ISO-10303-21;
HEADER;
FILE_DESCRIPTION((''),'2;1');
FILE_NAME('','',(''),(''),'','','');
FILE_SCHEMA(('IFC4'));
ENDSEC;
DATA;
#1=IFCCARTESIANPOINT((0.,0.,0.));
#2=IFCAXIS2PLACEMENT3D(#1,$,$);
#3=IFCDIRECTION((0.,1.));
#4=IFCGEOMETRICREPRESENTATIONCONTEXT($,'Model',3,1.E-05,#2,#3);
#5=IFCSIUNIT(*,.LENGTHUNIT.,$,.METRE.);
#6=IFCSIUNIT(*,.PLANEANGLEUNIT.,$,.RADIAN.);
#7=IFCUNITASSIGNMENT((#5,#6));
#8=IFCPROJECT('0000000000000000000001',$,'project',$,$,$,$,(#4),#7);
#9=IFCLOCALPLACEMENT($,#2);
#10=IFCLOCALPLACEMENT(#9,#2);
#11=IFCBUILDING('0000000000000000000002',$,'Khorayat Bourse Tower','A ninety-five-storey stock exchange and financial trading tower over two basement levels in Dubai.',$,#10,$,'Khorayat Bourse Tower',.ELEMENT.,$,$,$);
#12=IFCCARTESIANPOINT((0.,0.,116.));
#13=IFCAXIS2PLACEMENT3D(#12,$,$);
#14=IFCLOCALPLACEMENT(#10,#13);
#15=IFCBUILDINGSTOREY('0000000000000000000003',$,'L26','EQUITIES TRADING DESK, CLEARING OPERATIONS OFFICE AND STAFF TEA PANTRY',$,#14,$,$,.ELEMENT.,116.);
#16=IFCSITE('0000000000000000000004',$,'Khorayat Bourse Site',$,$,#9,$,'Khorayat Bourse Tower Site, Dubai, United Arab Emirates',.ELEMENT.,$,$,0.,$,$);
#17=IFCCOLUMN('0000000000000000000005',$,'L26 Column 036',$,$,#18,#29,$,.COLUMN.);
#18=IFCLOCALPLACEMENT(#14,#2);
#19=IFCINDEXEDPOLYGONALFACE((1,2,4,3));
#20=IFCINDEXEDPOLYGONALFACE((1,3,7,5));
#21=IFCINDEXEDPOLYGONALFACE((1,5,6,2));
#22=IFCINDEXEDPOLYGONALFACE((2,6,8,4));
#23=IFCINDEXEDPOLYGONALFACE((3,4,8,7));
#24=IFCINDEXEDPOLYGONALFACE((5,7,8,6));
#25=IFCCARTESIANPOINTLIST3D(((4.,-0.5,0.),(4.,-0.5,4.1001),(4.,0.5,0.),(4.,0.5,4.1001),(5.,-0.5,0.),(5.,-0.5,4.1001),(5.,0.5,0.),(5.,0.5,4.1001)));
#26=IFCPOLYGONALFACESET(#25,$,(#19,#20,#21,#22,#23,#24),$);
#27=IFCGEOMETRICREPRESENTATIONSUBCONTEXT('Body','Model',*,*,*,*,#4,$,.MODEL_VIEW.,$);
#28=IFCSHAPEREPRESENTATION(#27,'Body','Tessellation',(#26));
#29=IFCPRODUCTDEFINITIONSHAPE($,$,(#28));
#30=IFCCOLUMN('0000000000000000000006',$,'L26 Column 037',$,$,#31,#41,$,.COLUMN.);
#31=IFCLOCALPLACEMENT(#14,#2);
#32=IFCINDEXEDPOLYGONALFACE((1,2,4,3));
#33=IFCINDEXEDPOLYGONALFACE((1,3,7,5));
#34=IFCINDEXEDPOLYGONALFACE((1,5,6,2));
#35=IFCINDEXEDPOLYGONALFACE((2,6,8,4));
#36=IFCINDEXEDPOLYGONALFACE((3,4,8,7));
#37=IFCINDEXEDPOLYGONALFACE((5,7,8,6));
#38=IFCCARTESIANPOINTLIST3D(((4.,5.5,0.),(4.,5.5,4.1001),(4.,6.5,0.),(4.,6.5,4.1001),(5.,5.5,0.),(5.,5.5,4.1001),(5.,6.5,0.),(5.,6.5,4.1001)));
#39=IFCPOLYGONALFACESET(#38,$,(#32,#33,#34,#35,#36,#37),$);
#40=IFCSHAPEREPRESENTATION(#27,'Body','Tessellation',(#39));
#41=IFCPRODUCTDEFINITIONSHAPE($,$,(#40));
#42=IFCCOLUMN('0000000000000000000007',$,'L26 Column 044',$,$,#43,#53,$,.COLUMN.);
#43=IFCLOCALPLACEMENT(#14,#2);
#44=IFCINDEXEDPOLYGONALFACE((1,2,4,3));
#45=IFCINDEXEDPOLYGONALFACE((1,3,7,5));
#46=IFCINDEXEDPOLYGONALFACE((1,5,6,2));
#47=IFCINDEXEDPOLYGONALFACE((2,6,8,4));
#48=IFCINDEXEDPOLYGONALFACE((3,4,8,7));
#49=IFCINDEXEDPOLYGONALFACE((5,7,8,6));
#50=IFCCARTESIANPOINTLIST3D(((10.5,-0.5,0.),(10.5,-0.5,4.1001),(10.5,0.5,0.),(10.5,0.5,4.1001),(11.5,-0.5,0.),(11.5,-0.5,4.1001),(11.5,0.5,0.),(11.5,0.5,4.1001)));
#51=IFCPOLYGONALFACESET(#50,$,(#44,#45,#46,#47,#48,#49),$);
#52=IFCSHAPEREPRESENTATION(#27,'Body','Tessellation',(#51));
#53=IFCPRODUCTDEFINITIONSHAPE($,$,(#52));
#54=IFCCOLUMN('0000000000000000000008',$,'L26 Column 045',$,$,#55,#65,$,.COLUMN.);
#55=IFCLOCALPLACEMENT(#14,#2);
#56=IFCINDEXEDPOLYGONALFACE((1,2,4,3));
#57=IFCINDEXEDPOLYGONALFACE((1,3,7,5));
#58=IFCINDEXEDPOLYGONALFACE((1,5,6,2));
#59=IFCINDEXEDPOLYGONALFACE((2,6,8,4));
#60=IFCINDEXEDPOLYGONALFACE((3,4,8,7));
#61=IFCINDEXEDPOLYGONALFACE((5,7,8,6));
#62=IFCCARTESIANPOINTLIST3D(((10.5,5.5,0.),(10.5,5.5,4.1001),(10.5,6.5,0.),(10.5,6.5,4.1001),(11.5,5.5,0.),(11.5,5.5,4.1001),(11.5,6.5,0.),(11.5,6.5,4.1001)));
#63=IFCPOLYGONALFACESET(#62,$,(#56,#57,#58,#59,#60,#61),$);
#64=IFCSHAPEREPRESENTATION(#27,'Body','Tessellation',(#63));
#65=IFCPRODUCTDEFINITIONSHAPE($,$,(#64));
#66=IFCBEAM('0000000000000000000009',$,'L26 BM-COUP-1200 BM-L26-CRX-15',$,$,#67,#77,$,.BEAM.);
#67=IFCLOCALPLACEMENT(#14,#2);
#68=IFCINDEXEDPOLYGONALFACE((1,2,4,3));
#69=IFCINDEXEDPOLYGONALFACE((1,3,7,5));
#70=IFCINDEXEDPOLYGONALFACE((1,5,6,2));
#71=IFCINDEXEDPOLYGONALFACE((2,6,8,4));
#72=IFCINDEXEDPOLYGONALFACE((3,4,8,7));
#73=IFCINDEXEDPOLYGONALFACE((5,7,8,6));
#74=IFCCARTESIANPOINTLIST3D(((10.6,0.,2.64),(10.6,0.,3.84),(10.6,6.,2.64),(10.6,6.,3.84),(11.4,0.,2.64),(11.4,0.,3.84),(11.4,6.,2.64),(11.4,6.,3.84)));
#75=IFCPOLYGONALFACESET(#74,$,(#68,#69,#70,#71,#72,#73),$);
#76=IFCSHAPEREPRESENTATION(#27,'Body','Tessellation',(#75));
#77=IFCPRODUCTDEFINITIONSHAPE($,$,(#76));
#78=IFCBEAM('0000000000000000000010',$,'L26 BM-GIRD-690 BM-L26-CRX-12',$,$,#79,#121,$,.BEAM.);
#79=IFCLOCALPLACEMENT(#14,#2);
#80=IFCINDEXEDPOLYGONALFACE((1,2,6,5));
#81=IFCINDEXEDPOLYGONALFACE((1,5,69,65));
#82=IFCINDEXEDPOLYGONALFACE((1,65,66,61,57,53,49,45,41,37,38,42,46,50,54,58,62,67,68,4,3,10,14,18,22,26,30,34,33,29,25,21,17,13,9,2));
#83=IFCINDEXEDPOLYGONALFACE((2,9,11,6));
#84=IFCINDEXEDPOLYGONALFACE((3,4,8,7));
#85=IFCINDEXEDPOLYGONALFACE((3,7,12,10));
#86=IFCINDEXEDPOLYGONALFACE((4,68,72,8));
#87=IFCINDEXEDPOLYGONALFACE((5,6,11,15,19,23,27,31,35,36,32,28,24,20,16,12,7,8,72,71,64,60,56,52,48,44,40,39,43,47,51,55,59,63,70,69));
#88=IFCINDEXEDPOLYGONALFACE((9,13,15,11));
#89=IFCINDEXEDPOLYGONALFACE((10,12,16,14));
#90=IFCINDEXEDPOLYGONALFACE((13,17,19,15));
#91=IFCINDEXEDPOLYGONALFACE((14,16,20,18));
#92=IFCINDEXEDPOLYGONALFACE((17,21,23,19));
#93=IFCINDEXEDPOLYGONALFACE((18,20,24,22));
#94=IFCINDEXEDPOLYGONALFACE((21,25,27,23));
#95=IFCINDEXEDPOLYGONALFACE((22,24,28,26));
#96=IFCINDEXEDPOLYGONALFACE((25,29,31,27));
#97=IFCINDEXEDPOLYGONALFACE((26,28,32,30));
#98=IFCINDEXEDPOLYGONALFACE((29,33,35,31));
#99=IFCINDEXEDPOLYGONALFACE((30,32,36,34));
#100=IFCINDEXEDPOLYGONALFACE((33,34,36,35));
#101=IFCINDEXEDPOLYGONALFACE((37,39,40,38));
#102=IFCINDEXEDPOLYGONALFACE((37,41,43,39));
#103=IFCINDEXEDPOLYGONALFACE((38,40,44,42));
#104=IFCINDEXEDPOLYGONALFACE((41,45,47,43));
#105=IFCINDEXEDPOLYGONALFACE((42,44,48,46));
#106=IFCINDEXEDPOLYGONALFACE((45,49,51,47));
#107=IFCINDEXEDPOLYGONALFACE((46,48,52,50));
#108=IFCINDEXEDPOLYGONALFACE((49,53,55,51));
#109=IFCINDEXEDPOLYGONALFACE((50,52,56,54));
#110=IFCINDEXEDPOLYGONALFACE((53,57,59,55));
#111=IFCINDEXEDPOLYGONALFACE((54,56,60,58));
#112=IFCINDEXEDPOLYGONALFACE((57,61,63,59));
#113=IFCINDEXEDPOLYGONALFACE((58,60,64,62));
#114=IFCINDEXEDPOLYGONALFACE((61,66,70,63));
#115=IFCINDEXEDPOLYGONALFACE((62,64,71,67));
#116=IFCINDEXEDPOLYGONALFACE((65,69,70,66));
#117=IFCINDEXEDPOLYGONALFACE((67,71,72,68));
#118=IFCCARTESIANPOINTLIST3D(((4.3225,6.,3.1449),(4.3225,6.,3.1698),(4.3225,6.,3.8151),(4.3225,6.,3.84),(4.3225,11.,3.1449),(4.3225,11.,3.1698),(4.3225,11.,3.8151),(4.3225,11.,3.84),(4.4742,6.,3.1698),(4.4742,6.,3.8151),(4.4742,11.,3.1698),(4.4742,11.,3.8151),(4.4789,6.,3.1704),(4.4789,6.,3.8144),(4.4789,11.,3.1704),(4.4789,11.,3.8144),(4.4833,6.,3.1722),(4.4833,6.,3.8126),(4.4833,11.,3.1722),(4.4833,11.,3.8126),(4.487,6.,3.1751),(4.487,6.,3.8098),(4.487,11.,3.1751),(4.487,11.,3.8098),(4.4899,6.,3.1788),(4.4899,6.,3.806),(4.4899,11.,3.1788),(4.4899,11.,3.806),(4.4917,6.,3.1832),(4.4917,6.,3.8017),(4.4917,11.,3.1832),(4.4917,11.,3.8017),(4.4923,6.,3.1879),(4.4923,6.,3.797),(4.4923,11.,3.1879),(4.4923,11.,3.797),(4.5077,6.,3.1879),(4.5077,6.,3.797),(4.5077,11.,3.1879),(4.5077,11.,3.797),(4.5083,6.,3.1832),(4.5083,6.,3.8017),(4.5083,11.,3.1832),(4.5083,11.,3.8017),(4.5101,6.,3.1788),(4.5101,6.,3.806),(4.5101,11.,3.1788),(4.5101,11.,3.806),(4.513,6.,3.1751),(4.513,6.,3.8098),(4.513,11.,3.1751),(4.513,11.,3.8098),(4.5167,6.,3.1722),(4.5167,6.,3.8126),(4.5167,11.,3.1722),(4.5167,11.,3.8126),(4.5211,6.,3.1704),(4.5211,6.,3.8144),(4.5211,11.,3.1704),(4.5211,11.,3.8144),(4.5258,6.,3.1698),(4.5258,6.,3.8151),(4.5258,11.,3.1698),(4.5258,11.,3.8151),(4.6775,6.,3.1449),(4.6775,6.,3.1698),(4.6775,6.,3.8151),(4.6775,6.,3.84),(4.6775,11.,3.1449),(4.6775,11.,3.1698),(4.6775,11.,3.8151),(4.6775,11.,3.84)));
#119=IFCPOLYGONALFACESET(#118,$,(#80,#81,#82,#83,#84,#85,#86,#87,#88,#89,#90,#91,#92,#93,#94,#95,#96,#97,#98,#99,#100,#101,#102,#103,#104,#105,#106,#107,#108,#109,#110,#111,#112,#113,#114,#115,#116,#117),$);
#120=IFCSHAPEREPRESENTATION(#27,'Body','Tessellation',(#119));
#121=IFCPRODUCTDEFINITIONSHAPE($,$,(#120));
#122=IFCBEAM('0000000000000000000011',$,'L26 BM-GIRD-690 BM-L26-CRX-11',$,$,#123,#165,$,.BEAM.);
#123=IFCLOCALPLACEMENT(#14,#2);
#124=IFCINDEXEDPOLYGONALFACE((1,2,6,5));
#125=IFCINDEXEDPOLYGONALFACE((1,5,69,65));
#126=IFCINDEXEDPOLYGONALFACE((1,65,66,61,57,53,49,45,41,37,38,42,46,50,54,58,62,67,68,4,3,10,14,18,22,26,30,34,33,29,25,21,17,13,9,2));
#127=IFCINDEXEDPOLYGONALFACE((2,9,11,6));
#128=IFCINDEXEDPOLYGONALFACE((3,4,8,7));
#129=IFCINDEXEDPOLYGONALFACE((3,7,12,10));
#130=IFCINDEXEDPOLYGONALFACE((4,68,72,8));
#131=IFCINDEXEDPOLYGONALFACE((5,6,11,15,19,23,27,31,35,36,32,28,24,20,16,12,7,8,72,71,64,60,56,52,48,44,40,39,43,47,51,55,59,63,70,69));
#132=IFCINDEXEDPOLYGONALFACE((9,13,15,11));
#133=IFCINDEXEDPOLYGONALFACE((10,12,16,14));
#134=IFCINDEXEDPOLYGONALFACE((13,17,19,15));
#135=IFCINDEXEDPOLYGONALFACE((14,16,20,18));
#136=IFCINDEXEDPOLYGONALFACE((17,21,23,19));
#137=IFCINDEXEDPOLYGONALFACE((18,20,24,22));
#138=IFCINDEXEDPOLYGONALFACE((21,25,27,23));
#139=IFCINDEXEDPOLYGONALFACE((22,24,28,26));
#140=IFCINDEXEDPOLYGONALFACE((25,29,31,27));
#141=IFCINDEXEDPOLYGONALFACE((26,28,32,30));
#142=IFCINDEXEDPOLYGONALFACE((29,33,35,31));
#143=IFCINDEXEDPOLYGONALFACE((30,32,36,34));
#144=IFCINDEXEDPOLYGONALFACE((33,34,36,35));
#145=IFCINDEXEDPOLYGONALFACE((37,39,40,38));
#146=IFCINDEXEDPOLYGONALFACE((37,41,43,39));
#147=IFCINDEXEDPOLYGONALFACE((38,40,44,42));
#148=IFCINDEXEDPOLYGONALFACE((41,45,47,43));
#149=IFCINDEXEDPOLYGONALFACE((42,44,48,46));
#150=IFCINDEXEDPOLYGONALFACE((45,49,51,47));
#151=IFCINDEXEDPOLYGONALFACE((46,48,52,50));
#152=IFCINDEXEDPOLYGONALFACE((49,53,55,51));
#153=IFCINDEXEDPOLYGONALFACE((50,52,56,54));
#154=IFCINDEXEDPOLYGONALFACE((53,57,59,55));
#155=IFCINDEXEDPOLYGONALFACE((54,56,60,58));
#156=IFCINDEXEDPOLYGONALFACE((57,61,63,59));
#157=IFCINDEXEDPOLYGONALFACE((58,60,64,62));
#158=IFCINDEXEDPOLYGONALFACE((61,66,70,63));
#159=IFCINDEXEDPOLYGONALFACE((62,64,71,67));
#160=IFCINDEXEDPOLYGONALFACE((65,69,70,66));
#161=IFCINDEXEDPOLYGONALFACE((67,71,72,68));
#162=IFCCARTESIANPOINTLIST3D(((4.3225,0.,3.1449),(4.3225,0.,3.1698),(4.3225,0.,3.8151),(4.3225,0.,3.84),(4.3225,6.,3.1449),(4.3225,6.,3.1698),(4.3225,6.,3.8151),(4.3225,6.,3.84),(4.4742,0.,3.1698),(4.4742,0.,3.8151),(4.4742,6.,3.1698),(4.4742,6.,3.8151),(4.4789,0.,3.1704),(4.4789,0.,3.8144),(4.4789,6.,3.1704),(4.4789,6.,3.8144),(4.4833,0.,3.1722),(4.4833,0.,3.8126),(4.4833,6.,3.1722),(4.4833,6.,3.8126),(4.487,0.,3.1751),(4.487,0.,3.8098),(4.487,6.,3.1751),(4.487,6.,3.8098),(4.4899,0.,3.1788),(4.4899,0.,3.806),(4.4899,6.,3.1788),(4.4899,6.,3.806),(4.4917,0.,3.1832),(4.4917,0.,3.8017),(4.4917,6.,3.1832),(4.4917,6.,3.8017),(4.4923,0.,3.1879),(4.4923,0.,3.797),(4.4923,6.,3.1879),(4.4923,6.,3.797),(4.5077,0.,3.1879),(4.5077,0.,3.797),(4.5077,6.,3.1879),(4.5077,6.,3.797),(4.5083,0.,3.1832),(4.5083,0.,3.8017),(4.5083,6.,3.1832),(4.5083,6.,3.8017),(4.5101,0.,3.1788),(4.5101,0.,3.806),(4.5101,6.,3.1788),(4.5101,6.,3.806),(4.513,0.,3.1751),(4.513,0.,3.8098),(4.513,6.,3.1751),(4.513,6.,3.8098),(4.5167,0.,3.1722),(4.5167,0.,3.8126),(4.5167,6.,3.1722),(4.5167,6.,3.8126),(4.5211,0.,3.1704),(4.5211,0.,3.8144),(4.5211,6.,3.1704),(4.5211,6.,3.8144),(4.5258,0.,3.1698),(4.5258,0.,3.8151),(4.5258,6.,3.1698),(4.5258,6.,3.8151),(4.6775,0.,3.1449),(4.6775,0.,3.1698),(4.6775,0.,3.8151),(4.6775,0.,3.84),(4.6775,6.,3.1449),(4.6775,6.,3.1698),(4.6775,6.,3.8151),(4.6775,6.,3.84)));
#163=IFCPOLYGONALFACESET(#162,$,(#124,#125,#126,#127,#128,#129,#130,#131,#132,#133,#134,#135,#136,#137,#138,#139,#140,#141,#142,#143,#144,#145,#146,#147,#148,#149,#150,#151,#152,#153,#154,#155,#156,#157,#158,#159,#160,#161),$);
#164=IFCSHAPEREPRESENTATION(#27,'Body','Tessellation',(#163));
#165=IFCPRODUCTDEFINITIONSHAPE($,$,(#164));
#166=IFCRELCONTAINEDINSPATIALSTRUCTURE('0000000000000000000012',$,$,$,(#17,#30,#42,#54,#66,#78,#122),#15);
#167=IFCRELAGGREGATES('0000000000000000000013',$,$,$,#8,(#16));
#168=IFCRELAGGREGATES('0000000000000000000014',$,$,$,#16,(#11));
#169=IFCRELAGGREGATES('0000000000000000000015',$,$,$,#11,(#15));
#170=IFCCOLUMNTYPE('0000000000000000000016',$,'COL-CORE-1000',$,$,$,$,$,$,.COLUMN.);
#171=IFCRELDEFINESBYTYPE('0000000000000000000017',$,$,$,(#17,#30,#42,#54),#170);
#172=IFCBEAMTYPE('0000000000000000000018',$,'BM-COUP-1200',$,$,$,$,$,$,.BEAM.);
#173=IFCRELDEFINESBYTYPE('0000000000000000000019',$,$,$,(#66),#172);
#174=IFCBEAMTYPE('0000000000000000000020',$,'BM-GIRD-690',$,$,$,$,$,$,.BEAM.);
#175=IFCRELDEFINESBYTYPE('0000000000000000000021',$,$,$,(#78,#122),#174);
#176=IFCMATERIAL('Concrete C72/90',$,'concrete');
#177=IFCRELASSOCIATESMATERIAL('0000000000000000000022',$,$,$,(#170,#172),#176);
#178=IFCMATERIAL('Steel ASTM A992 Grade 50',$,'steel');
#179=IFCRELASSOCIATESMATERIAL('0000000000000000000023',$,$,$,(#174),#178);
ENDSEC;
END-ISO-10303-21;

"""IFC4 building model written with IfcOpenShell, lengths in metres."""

from ifc_helpers import new_model, si_unit, direction, frame, origin, origin_2d, place, context, subcontext, project, spatial, rectangle, i_section, extrude, source, transform, mapped, material, material_profile, profile_set, type_object, element, save


model = new_model("IFC4")

# Units and contexts
model_context = context("Model", 3, precision=1e-05, world=origin(), true_north=direction((0.0, 1.0)))
body_context = subcontext(model_context, "Body", "Model", "MODEL_VIEW")
ifc_project = project(units=[si_unit("LENGTHUNIT", "METRE"), si_unit("PLANEANGLEUNIT", "RADIAN")], contexts=[model_context])

# Site, building, storey
site_placement = place(None, origin())
site = spatial("IfcSite", under=ifc_project, at=site_placement, Name="Khorayat Bourse Site", LongName="Khorayat Bourse Tower Site, Dubai, United Arab Emirates", CompositionType="ELEMENT", RefElevation=0.0)
building_placement = place(site_placement, origin())
building = spatial("IfcBuilding", under=site, at=building_placement, Name="Khorayat Bourse Tower", Description="A ninety-five-storey stock exchange and financial trading tower over two basement levels in Dubai.", LongName="Khorayat Bourse Tower", CompositionType="ELEMENT")
storey_placement = place(building_placement, frame((0.0, 0.0, 116.0)))
storey = spatial("IfcBuildingStorey", under=building, at=storey_placement, Name="L26", Description="EQUITIES TRADING DESK, CLEARING OPERATIONS OFFICE AND STAFF TEA PANTRY", CompositionType="ELEMENT", Elevation=116.0)

# Columns
ifc_material_1 = material(Name="Concrete C72/90", Category="concrete")
ifc_material_profile_1 = material_profile(ifc_material_1, rectangle(XDim=1.0, YDim=1.0, at=origin_2d()), Name="RC 1000x1000")
ifc_profile_set_1 = profile_set([ifc_material_profile_1], Name="Concrete C72/90")
column_type = type_object("IfcColumnType", Name="COL-CORE-1000", PredefinedType="COLUMN", material=ifc_profile_set_1)
shared_shape_1 = source(origin(), body_context, "Body", "SweptSolid", [
    extrude(rectangle(XDim=1.0, YDim=1.0, at=origin_2d()), origin(), (0.0, 0.0, 1.0), 4.1001),
])
for number, where, z_axis, x_axis, name in (
    (1, (4.5, 0.0, 0.0), (0.0, 0.0, 1.0), (1.0, 0.0, 0.0), "L26 Column 036"),
    (2, (4.5, 6.0, 0.0), (0.0, 0.0, 1.0), (1.0, 0.0, 0.0), "L26 Column 037"),
    (3, (11.0, 0.0, 0.0), (0.0, 0.0, 1.0), (1.0, 0.0, 0.0), "L26 Column 044"),
    (4, (11.0, 6.0, 0.0), (0.0, 0.0, 1.0), (1.0, 0.0, 0.0), "L26 Column 045"),
):
    element("IfcColumn", number, at=place(storey_placement, frame(where, z_axis=z_axis, x_axis=x_axis)), inside=storey, type_object=column_type, Name=name, PredefinedType="COLUMN", context=body_context, shape_type="MappedRepresentation", body=[
        mapped(shared_shape_1, transform((0.0, 0.0, 0.0), scale=1.0)),
    ])

# Beams
ifc_material_profile_2 = material_profile(ifc_material_1, rectangle(XDim=0.8, YDim=1.2, at=origin_2d()), Name="RC 800x1200")
ifc_profile_set_2 = profile_set([ifc_material_profile_2], Name="Concrete C72/90")
beam_type_1 = type_object("IfcBeamType", Name="BM-COUP-1200", PredefinedType="BEAM", material=ifc_profile_set_2)
shared_shape_2 = source(origin(), body_context, "Body", "SweptSolid", [
    extrude(rectangle(XDim=0.8, YDim=1.2, at=origin_2d()), origin(), (0.0, 0.0, 1.0), 6.0),
])
beam_1_placement = place(storey_placement, frame((11.0, 0.0, 3.24), z_axis=(0.0, 1.0, 0.0), x_axis=(-1.0, 0.0, 0.0)))
element("IfcBeam", 5, at=beam_1_placement, inside=storey, type_object=beam_type_1, Name="L26 BM-COUP-1200 BM-L26-CRX-15", PredefinedType="BEAM", context=body_context, shape_type="MappedRepresentation", body=[
    mapped(shared_shape_2, transform((0.0, 0.0, 0.0), scale=1.0)),
])
ifc_material_2 = material(Name="Steel ASTM A992 Grade 50", Category="steel")
ifc_material_profile_3 = material_profile(ifc_material_2, i_section(OverallWidth=0.355, OverallDepth=0.6951, WebThickness=0.0154, FlangeThickness=0.0249, FilletRadius=0.0181, at=origin_2d()), Name="W690X217")
ifc_profile_set_3 = profile_set([ifc_material_profile_3], Name="Steel ASTM A992 Grade 50")
beam_type_2 = type_object("IfcBeamType", Name="BM-GIRD-690", PredefinedType="BEAM", material=ifc_profile_set_3)
shared_shape_3 = source(origin(), body_context, "Body", "SweptSolid", [
    extrude(i_section(OverallWidth=0.355, OverallDepth=0.6951, WebThickness=0.0154, FlangeThickness=0.0249, FilletRadius=0.0181, at=origin_2d()), origin(), (0.0, 0.0, 1.0), 5.0),
])
beam_2_placement = place(storey_placement, frame((4.5, 6.0, 3.4924), z_axis=(0.0, 1.0, 0.0), x_axis=(-1.0, 0.0, 0.0)))
element("IfcBeam", 6, at=beam_2_placement, inside=storey, type_object=beam_type_2, Name="L26 BM-GIRD-690 BM-L26-CRX-12", PredefinedType="BEAM", context=body_context, shape_type="MappedRepresentation", body=[
    mapped(shared_shape_3, transform((0.0, 0.0, 0.0), scale=1.0)),
])
shared_shape_4 = source(origin(), body_context, "Body", "SweptSolid", [
    extrude(i_section(OverallWidth=0.355, OverallDepth=0.6951, WebThickness=0.0154, FlangeThickness=0.0249, FilletRadius=0.0181, at=origin_2d()), origin(), (0.0, 0.0, 1.0), 6.0),
])
beam_3_placement = place(storey_placement, frame((4.5, 0.0, 3.4924), z_axis=(0.0, 1.0, 0.0), x_axis=(-1.0, 0.0, 0.0)))
element("IfcBeam", 7, at=beam_3_placement, inside=storey, type_object=beam_type_2, Name="L26 BM-GIRD-690 BM-L26-CRX-11", PredefinedType="BEAM", context=body_context, shape_type="MappedRepresentation", body=[
    mapped(shared_shape_4, transform((0.0, 0.0, 0.0), scale=1.0)),
])

save(model, "model.ifc")
